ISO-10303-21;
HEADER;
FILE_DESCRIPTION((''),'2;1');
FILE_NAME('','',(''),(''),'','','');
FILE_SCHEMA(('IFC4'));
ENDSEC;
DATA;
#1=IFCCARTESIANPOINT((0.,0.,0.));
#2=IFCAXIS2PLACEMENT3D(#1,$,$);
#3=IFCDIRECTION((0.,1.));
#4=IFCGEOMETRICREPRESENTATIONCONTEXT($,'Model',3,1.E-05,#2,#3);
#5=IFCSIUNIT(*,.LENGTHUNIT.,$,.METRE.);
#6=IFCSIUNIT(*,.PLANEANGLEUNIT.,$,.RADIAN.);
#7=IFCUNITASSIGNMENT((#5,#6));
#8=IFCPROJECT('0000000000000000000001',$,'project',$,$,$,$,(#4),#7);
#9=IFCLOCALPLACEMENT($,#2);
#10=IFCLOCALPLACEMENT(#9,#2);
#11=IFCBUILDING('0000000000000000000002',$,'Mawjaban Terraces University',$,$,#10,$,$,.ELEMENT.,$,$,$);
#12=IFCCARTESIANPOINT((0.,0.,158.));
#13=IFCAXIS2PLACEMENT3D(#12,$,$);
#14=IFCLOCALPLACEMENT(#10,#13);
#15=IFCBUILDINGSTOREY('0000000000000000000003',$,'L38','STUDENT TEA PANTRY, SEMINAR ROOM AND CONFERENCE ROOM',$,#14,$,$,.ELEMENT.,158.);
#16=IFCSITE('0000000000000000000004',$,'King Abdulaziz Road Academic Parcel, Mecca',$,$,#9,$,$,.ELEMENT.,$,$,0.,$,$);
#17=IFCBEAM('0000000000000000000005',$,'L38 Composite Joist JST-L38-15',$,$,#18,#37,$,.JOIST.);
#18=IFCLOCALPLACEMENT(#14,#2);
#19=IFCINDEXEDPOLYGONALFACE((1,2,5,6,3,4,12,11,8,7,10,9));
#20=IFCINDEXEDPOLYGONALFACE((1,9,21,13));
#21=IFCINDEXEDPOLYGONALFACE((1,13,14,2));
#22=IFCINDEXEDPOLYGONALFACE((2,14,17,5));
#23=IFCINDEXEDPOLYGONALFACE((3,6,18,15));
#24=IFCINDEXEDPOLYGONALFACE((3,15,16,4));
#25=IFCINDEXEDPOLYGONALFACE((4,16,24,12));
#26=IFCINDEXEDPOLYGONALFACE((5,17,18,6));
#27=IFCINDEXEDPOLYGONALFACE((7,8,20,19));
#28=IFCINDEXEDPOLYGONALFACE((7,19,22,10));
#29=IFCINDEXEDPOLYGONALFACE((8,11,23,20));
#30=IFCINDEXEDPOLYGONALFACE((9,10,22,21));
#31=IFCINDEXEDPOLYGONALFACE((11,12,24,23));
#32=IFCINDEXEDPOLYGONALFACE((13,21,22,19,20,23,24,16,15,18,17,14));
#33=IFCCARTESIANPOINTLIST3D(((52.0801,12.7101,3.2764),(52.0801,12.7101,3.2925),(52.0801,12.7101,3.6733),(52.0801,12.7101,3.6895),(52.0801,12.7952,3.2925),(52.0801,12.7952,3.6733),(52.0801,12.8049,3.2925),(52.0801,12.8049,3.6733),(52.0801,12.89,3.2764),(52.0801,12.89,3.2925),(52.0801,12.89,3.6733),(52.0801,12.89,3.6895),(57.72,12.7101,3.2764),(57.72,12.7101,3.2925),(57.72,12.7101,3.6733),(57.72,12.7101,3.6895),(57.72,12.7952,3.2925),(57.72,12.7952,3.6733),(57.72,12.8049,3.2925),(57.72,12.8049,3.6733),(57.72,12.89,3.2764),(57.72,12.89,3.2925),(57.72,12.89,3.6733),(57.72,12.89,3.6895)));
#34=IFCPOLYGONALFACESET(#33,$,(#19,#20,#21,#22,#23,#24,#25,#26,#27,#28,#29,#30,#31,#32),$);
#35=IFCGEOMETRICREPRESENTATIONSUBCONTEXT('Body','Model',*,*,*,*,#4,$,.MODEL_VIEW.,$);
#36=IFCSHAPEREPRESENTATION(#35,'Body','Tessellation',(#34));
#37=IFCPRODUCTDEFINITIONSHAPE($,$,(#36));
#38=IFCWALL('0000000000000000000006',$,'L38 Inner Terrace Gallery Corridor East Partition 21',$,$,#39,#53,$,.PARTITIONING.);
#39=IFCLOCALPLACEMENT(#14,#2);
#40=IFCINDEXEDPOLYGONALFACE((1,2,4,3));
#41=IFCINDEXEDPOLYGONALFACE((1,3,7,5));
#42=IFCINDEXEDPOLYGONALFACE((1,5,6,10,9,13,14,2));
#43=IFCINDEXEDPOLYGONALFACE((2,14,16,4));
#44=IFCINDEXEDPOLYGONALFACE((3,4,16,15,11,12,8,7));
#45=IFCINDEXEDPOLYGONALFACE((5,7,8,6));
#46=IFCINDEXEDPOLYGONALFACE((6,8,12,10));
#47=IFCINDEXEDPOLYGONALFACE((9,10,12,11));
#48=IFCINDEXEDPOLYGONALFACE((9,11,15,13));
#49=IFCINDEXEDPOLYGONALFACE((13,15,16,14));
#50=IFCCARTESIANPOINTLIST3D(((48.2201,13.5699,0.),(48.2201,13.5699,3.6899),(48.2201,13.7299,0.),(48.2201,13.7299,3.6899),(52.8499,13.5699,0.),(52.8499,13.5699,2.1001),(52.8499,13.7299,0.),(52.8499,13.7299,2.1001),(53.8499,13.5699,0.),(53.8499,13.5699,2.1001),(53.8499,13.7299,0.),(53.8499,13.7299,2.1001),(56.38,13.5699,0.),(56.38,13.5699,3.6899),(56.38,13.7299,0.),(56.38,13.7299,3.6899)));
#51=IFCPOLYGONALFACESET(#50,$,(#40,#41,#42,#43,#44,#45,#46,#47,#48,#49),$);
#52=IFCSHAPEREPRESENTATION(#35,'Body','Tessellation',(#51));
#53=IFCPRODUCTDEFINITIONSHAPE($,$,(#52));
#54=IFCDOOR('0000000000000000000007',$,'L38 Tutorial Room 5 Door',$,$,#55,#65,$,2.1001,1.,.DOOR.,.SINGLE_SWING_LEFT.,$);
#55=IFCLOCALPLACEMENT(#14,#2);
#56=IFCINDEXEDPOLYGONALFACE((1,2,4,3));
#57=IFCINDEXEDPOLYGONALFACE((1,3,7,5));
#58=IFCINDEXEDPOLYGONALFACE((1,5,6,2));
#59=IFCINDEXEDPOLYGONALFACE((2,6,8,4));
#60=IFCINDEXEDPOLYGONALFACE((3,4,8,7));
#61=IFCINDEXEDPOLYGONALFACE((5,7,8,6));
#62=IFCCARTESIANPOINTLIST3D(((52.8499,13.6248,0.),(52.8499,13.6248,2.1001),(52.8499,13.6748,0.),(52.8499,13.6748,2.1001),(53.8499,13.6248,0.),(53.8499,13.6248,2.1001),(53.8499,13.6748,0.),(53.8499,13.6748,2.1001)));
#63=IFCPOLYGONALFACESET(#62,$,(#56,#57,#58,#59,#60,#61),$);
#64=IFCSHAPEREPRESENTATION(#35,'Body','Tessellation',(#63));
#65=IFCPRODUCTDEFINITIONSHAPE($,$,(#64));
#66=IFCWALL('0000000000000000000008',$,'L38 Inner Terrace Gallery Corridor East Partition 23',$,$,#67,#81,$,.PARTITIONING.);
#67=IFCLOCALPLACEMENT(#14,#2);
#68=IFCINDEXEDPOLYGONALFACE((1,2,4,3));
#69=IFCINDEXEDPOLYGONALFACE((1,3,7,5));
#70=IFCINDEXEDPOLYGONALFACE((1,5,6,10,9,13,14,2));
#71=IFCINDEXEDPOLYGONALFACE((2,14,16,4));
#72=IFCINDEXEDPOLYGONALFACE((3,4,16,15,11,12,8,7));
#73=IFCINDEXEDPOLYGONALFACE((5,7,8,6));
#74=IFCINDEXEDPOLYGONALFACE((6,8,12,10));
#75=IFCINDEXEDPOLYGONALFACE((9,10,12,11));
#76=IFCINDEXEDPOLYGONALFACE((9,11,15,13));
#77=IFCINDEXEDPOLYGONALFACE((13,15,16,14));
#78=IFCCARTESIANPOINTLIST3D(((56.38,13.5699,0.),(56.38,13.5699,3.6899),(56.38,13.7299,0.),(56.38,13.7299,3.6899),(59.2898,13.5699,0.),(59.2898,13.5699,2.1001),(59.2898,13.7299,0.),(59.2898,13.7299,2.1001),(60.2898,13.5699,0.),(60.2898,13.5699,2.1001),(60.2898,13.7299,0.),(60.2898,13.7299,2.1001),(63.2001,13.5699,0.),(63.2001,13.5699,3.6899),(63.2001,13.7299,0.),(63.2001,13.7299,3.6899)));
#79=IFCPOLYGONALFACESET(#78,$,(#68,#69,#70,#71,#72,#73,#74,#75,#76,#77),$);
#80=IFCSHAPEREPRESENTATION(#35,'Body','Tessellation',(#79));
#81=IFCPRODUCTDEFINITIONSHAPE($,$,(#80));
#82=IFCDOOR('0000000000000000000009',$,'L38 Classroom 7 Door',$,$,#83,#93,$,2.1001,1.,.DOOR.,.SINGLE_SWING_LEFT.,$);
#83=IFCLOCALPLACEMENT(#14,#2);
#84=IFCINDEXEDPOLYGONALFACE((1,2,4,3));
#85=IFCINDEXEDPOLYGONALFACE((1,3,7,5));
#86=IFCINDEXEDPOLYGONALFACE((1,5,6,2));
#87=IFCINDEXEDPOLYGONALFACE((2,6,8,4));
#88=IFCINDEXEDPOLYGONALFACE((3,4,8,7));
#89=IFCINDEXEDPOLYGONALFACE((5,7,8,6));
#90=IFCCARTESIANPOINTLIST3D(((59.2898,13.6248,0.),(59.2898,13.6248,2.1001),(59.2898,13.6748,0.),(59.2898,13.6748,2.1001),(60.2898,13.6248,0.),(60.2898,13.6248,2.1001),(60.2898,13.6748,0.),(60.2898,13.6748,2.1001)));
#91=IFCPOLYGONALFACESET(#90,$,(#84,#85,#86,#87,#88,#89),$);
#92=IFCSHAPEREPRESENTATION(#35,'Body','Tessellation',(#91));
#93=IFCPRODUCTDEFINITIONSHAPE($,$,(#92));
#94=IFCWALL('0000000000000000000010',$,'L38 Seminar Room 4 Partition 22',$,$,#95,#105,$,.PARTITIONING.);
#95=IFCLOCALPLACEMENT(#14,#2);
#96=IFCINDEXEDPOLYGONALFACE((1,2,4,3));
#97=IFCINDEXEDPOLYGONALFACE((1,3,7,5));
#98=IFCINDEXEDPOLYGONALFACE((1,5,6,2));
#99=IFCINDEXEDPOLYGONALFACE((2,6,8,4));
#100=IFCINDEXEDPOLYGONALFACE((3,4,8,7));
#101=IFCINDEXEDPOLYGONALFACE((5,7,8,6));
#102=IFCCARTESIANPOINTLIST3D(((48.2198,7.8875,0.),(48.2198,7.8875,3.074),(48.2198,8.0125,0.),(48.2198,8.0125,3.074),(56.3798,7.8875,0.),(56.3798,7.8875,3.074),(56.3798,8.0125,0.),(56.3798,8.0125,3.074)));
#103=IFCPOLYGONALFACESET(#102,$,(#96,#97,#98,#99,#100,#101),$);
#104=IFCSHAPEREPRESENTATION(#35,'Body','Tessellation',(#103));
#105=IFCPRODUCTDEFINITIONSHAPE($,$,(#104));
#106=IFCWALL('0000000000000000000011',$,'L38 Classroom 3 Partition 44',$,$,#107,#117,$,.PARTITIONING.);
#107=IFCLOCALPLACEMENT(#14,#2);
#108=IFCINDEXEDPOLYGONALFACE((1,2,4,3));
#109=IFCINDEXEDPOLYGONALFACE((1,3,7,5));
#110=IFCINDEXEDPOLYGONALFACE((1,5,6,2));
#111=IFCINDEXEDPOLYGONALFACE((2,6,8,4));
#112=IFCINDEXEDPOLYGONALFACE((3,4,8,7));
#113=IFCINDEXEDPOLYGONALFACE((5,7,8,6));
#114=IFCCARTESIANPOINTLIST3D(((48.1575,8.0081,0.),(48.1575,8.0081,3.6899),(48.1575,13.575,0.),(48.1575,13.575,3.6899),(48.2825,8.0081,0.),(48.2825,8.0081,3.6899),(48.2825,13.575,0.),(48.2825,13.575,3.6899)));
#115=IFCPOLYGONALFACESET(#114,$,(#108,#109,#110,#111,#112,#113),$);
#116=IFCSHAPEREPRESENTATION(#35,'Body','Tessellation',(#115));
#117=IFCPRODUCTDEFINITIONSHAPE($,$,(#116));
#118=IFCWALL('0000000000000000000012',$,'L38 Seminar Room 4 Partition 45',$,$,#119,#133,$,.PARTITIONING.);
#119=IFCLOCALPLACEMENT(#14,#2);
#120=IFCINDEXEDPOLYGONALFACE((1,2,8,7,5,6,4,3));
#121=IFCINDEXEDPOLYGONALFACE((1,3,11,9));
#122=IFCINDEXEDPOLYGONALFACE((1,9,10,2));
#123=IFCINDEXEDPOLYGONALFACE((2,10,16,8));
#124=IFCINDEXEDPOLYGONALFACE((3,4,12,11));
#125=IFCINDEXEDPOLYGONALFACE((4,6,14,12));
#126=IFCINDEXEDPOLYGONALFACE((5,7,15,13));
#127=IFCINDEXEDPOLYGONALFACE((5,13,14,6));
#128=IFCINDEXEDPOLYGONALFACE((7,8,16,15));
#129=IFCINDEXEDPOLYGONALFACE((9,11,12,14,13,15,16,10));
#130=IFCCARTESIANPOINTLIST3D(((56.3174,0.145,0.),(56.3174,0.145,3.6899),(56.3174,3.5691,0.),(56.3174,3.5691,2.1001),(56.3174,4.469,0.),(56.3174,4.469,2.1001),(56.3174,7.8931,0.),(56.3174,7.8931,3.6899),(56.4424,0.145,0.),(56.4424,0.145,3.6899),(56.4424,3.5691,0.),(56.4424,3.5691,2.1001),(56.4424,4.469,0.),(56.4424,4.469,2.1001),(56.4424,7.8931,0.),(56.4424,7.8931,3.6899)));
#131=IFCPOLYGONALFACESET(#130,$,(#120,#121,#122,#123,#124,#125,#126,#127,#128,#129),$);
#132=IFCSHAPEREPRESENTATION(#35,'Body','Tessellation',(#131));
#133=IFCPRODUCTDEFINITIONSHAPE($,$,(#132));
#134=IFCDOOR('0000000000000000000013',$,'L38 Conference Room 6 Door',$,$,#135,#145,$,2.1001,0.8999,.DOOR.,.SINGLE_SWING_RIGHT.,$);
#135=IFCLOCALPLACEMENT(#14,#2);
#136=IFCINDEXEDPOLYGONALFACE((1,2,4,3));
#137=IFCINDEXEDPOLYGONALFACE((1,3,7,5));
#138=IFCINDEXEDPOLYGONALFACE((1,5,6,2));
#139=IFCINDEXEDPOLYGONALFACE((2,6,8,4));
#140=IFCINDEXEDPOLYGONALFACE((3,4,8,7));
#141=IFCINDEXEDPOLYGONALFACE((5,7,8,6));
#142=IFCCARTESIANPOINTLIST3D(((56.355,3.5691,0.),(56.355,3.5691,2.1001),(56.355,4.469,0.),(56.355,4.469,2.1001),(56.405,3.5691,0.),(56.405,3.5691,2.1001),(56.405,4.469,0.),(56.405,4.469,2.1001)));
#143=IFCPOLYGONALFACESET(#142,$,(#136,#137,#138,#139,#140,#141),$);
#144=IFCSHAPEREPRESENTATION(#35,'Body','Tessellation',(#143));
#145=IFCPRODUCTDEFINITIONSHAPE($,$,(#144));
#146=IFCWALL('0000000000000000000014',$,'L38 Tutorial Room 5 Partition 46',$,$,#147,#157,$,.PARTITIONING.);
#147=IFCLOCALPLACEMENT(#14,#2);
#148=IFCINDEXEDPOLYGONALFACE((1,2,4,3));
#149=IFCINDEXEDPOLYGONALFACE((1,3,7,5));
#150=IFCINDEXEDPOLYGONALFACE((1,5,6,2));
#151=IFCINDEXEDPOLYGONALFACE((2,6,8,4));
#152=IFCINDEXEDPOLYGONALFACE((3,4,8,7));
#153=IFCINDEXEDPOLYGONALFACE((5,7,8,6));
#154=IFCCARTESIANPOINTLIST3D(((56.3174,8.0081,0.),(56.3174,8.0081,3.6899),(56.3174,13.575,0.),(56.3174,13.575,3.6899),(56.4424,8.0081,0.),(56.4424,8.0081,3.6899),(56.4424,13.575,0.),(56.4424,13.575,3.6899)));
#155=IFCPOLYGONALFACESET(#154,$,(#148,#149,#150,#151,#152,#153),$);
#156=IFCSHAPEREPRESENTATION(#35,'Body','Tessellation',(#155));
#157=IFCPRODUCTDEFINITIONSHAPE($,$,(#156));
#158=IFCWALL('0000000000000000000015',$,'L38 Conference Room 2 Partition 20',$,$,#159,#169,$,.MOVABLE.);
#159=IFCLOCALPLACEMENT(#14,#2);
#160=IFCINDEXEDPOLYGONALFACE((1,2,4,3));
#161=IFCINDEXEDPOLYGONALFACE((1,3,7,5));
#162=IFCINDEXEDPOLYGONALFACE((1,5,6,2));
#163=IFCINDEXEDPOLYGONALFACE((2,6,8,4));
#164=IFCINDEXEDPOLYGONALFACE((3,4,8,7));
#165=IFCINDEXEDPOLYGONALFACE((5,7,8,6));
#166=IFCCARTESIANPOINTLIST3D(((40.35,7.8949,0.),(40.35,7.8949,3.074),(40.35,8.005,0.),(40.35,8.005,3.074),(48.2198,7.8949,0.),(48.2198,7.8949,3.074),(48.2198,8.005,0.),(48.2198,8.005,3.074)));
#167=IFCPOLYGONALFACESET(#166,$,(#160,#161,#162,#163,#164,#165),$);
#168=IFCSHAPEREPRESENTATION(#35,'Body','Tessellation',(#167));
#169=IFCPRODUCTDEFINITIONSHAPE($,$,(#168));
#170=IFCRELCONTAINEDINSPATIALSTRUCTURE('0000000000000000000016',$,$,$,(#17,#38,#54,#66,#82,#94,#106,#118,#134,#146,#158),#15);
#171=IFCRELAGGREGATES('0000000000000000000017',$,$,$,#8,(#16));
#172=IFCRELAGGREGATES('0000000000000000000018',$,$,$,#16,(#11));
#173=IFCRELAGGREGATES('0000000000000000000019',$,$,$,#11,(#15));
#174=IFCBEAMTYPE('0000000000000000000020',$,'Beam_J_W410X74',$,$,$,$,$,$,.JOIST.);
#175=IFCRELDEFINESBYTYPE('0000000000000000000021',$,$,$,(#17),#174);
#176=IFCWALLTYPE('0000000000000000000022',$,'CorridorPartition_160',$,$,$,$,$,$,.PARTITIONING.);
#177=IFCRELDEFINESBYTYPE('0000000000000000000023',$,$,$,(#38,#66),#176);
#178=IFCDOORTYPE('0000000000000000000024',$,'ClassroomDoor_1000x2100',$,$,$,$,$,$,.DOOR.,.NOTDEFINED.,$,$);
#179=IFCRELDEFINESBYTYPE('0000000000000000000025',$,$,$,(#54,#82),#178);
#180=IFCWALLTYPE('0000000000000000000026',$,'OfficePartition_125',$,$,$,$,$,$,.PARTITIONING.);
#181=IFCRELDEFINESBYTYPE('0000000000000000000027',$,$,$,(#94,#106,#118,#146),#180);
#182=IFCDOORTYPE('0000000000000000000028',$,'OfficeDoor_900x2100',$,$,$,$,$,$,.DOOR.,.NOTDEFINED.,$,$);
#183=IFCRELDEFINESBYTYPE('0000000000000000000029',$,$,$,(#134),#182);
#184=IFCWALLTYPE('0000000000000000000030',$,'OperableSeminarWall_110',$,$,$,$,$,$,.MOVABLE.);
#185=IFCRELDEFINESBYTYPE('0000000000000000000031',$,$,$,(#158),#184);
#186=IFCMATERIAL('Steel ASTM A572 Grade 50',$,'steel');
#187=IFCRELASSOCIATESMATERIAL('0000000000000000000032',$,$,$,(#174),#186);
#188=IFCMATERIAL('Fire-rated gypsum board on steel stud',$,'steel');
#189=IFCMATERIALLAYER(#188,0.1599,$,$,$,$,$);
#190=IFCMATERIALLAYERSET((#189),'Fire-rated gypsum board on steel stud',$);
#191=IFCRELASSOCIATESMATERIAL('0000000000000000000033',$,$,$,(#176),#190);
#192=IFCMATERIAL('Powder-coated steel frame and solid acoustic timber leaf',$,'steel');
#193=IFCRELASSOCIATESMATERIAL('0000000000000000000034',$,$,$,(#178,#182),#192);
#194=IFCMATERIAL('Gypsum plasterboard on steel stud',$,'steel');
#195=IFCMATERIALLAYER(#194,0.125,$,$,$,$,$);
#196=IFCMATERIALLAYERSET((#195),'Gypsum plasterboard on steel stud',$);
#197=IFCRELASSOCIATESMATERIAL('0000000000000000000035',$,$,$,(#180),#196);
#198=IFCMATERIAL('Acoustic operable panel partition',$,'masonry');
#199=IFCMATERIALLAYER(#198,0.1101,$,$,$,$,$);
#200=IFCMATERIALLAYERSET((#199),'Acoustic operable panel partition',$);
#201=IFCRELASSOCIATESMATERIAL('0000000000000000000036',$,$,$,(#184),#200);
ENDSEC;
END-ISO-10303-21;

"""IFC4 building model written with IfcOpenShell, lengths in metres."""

from ifc_helpers import new_model, si_unit, direction, frame, frame_2d, origin, origin_2d, place, context, subcontext, project, spatial, rectangle, i_section, extrude, material, layer, layer_set, material_profile, profile_set, type_object, element, fill, save


model = new_model("IFC4")

# Units and contexts
model_context = context("Model", 3, precision=1e-05, world=origin(), true_north=direction((0.0, 1.0)))
body_context = subcontext(model_context, "Body", "Model", "MODEL_VIEW")
ifc_project = project(units=[si_unit("LENGTHUNIT", "METRE"), si_unit("PLANEANGLEUNIT", "RADIAN")], contexts=[model_context])

# Site, building, storey
site_placement = place(None, origin())
site = spatial("IfcSite", under=ifc_project, at=site_placement, Name="King Abdulaziz Road Academic Parcel, Mecca", CompositionType="ELEMENT", RefElevation=0.0)
building_placement = place(site_placement, origin())
building = spatial("IfcBuilding", under=site, at=building_placement, Name="Mawjaban Terraces University", CompositionType="ELEMENT")
storey_placement = place(building_placement, frame((0.0, 0.0, 158.0)))
storey = spatial("IfcBuildingStorey", under=building, at=storey_placement, Name="L38", Description="STUDENT TEA PANTRY, SEMINAR ROOM AND CONFERENCE ROOM", CompositionType="ELEMENT", Elevation=158.0)

# Beam
ifc_material_1 = material(Name="Steel ASTM A572 Grade 50", Category="steel")
ifc_material_profile_1 = material_profile(ifc_material_1, i_section(OverallWidth=0.1799, OverallDepth=0.4131, WebThickness=0.0098, FlangeThickness=0.0161, at=origin_2d()), Name="W410X74")
ifc_profile_set_1 = profile_set([ifc_material_profile_1], Name="Steel ASTM A572 Grade 50")
beam_type_1 = type_object("IfcBeamType", Name="Beam_J_W410X74", PredefinedType="JOIST", material=ifc_profile_set_1)
for number, where, z_axis, x_axis, name in (
    (1, (52.0801, 12.8, 3.4829), (1.0, 0.0, 0.0), (0.0, 1.0, 0.0), "L38 Composite Joist JST-L38-15"),
):
    element("IfcBeam", number, at=place(storey_placement, frame(where, z_axis=z_axis, x_axis=x_axis)), inside=storey, type_object=beam_type_1, Name=name, PredefinedType="JOIST", context=body_context, shape_type="SweptSolid", body=[
        extrude(i_section(OverallWidth=0.1799, OverallDepth=0.4131, WebThickness=0.0098, FlangeThickness=0.0161, at=origin_2d()), origin(), (0.0, 0.0, 1.0), 5.6399),
    ])

# Walls, openings, doors
ifc_material_2 = material(Name="Fire-rated gypsum board on steel stud", Category="steel")
ifc_layer_1 = layer(ifc_material_2, 0.1599)
ifc_layer_set_1 = layer_set([ifc_layer_1], Name="Fire-rated gypsum board on steel stud")
wall_type_1 = type_object("IfcWallType", Name="CorridorPartition_160", PredefinedType="PARTITIONING", material=ifc_layer_set_1)
wall_1_placement = place(storey_placement, frame((48.22, 13.6499, 0.0), z_axis=(0.0, 0.0, 1.0), x_axis=(1.0, 0.0, 0.0)))
wall_1 = element("IfcWall", 2, at=wall_1_placement, inside=storey, type_object=wall_type_1, Name="L38 Inner Terrace Gallery Corridor East Partition 21", PredefinedType="PARTITIONING", context=body_context, shape_type="SweptSolid", body=[
    extrude(rectangle(XDim=8.1599, YDim=0.1599, at=frame_2d((4.0801, 0.0))), origin(), (0.0, 0.0, 1.0), 3.6899),
])
opening_1_placement = place(wall_1_placement, frame((4.6299, 0.0, 0.0)))
opening_1 = element("IfcOpeningElement", 3, at=opening_1_placement, cuts=wall_1, PredefinedType="OPENING", context=body_context, shape_type="SweptSolid", body=[
    extrude(rectangle(XDim=1.0, YDim=2.1001, at=frame_2d((0.5, 1.05))), frame((0.0, 0.0898, 0.0), z_axis=(0.0, -1.0, 0.0), x_axis=(1.0, 0.0, 0.0)), (0.0, 0.0, 1.0), 0.1799),
])
ifc_material_3 = material(Name="Powder-coated steel frame and solid acoustic timber leaf", Category="steel")
door_type_1 = type_object("IfcDoorType", Name="ClassroomDoor_1000x2100", OperationType="NOTDEFINED", PredefinedType="DOOR", material=ifc_material_3)
door_1_placement = place(opening_1_placement, origin())
door_1 = element("IfcDoor", 4, at=door_1_placement, inside=storey, type_object=door_type_1, Name="L38 Tutorial Room 5 Door", OperationType="SINGLE_SWING_LEFT", OverallHeight=2.1001, OverallWidth=1.0, PredefinedType="DOOR", context=body_context, shape_type="SweptSolid", body=[
    extrude(rectangle(XDim=1.0, YDim=2.1001, at=frame_2d((0.5, 1.05))), frame((0.0, 0.0249, 0.0), z_axis=(0.0, -1.0, 0.0), x_axis=(1.0, 0.0, 0.0)), (0.0, 0.0, 1.0), 0.05),
])
fill(opening_1, door_1)
wall_2_placement = place(storey_placement, frame((56.3799, 13.6499, 0.0), z_axis=(0.0, 0.0, 1.0), x_axis=(1.0, 0.0, 0.0)))
wall_2 = element("IfcWall", 5, at=wall_2_placement, inside=storey, type_object=wall_type_1, Name="L38 Inner Terrace Gallery Corridor East Partition 23", PredefinedType="PARTITIONING", context=body_context, shape_type="SweptSolid", body=[
    extrude(rectangle(XDim=6.8201, YDim=0.1599, at=frame_2d((3.4102, 0.0))), origin(), (0.0, 0.0, 1.0), 3.6899),
])
opening_2_placement = place(wall_2_placement, frame((2.9099, 0.0, 0.0)))
opening_2 = element("IfcOpeningElement", 6, at=opening_2_placement, cuts=wall_2, PredefinedType="OPENING", context=body_context, shape_type="SweptSolid", body=[
    extrude(rectangle(XDim=1.0, YDim=2.1001, at=frame_2d((0.5, 1.05))), frame((0.0, 0.0898, 0.0), z_axis=(0.0, -1.0, 0.0), x_axis=(1.0, 0.0, 0.0)), (0.0, 0.0, 1.0), 0.1799),
])
door_2_placement = place(opening_2_placement, origin())
door_2 = element("IfcDoor", 7, at=door_2_placement, inside=storey, type_object=door_type_1, Name="L38 Classroom 7 Door", OperationType="SINGLE_SWING_LEFT", OverallHeight=2.1001, OverallWidth=1.0, PredefinedType="DOOR", context=body_context, shape_type="SweptSolid", body=[
    extrude(rectangle(XDim=1.0, YDim=2.1001, at=frame_2d((0.5, 1.05))), frame((0.0, 0.0249, 0.0), z_axis=(0.0, -1.0, 0.0), x_axis=(1.0, 0.0, 0.0)), (0.0, 0.0, 1.0), 0.05),
])
fill(opening_2, door_2)

# Walls
ifc_material_4 = material(Name="Gypsum plasterboard on steel stud", Category="steel")
ifc_layer_2 = layer(ifc_material_4, 0.125)
ifc_layer_set_2 = layer_set([ifc_layer_2], Name="Gypsum plasterboard on steel stud")
wall_type_2 = type_object("IfcWallType", Name="OfficePartition_125", PredefinedType="PARTITIONING", material=ifc_layer_set_2)
wall_3_placement = place(storey_placement, frame((56.3799, 7.95, 0.0), z_axis=(0.0, 0.0, 1.0), x_axis=(-1.0, 0.0, 0.0)))
element("IfcWall", 8, at=wall_3_placement, inside=storey, type_object=wall_type_2, Name="L38 Seminar Room 4 Partition 22", PredefinedType="PARTITIONING", context=body_context, shape_type="SweptSolid", body=[
    extrude(rectangle(XDim=8.1599, YDim=0.125, at=frame_2d((4.0801, 0.0))), origin(), (0.0, 0.0, 1.0), 3.074),
])
wall_4_placement = place(storey_placement, frame((48.22, 8.0081, 0.0), z_axis=(0.0, 0.0, 1.0), x_axis=(0.0, 1.0, 0.0)))
element("IfcWall", 9, at=wall_4_placement, inside=storey, type_object=wall_type_2, Name="L38 Classroom 3 Partition 44", PredefinedType="PARTITIONING", context=body_context, shape_type="SweptSolid", body=[
    extrude(rectangle(XDim=5.5669, YDim=0.125, at=frame_2d((2.7834, 0.0))), origin(), (0.0, 0.0, 1.0), 3.6899),
])

# Wall, opening, door
wall_5_placement = place(storey_placement, frame((56.3799, 0.145, 0.0), z_axis=(0.0, 0.0, 1.0), x_axis=(0.0, 1.0, 0.0)))
wall_5 = element("IfcWall", 10, at=wall_5_placement, inside=storey, type_object=wall_type_2, Name="L38 Seminar Room 4 Partition 45", PredefinedType="PARTITIONING", context=body_context, shape_type="SweptSolid", body=[
    extrude(rectangle(XDim=7.748, YDim=0.125, at=frame_2d((3.874, 0.0))), origin(), (0.0, 0.0, 1.0), 3.6899),
])
opening_3_placement = place(wall_5_placement, frame((3.4241, 0.0, 0.0)))
opening_3 = element("IfcOpeningElement", 11, at=opening_3_placement, cuts=wall_5, PredefinedType="OPENING", context=body_context, shape_type="SweptSolid", body=[
    extrude(rectangle(XDim=0.8999, YDim=2.1001, at=frame_2d((0.45, 1.05))), frame((0.0, 0.0725, 0.0), z_axis=(0.0, -1.0, 0.0), x_axis=(1.0, 0.0, 0.0)), (0.0, 0.0, 1.0), 0.145),
])
door_type_2 = type_object("IfcDoorType", Name="OfficeDoor_900x2100", OperationType="NOTDEFINED", PredefinedType="DOOR", material=ifc_material_3)
door_3_placement = place(opening_3_placement, origin())
door_3 = element("IfcDoor", 12, at=door_3_placement, inside=storey, type_object=door_type_2, Name="L38 Conference Room 6 Door", OperationType="SINGLE_SWING_RIGHT", OverallHeight=2.1001, OverallWidth=0.8999, PredefinedType="DOOR", context=body_context, shape_type="SweptSolid", body=[
    extrude(rectangle(XDim=0.8999, YDim=2.1001, at=frame_2d((0.45, 1.05))), frame((0.0, 0.0249, 0.0), z_axis=(0.0, -1.0, 0.0), x_axis=(1.0, 0.0, 0.0)), (0.0, 0.0, 1.0), 0.05),
])
fill(opening_3, door_3)

# Walls
wall_6_placement = place(storey_placement, frame((56.3799, 8.0081, 0.0), z_axis=(0.0, 0.0, 1.0), x_axis=(0.0, 1.0, 0.0)))
element("IfcWall", 13, at=wall_6_placement, inside=storey, type_object=wall_type_2, Name="L38 Tutorial Room 5 Partition 46", PredefinedType="PARTITIONING", context=body_context, shape_type="SweptSolid", body=[
    extrude(rectangle(XDim=5.5669, YDim=0.125, at=frame_2d((2.7834, 0.0))), origin(), (0.0, 0.0, 1.0), 3.6899),
])
ifc_material_5 = material(Name="Acoustic operable panel partition", Category="masonry")
ifc_layer_3 = layer(ifc_material_5, 0.1101)
ifc_layer_set_3 = layer_set([ifc_layer_3], Name="Acoustic operable panel partition")
wall_type_3 = type_object("IfcWallType", Name="OperableSeminarWall_110", PredefinedType="MOVABLE", material=ifc_layer_set_3)
wall_7_placement = place(storey_placement, frame((48.22, 7.95, 0.0), z_axis=(0.0, 0.0, 1.0), x_axis=(-1.0, 0.0, 0.0)))
element("IfcWall", 14, at=wall_7_placement, inside=storey, type_object=wall_type_3, Name="L38 Conference Room 2 Partition 20", PredefinedType="MOVABLE", context=body_context, shape_type="SweptSolid", body=[
    extrude(rectangle(XDim=7.8699, YDim=0.1101, at=frame_2d((3.9351, 0.0))), origin(), (0.0, 0.0, 1.0), 3.074),
])

save(model, "model.ifc")
